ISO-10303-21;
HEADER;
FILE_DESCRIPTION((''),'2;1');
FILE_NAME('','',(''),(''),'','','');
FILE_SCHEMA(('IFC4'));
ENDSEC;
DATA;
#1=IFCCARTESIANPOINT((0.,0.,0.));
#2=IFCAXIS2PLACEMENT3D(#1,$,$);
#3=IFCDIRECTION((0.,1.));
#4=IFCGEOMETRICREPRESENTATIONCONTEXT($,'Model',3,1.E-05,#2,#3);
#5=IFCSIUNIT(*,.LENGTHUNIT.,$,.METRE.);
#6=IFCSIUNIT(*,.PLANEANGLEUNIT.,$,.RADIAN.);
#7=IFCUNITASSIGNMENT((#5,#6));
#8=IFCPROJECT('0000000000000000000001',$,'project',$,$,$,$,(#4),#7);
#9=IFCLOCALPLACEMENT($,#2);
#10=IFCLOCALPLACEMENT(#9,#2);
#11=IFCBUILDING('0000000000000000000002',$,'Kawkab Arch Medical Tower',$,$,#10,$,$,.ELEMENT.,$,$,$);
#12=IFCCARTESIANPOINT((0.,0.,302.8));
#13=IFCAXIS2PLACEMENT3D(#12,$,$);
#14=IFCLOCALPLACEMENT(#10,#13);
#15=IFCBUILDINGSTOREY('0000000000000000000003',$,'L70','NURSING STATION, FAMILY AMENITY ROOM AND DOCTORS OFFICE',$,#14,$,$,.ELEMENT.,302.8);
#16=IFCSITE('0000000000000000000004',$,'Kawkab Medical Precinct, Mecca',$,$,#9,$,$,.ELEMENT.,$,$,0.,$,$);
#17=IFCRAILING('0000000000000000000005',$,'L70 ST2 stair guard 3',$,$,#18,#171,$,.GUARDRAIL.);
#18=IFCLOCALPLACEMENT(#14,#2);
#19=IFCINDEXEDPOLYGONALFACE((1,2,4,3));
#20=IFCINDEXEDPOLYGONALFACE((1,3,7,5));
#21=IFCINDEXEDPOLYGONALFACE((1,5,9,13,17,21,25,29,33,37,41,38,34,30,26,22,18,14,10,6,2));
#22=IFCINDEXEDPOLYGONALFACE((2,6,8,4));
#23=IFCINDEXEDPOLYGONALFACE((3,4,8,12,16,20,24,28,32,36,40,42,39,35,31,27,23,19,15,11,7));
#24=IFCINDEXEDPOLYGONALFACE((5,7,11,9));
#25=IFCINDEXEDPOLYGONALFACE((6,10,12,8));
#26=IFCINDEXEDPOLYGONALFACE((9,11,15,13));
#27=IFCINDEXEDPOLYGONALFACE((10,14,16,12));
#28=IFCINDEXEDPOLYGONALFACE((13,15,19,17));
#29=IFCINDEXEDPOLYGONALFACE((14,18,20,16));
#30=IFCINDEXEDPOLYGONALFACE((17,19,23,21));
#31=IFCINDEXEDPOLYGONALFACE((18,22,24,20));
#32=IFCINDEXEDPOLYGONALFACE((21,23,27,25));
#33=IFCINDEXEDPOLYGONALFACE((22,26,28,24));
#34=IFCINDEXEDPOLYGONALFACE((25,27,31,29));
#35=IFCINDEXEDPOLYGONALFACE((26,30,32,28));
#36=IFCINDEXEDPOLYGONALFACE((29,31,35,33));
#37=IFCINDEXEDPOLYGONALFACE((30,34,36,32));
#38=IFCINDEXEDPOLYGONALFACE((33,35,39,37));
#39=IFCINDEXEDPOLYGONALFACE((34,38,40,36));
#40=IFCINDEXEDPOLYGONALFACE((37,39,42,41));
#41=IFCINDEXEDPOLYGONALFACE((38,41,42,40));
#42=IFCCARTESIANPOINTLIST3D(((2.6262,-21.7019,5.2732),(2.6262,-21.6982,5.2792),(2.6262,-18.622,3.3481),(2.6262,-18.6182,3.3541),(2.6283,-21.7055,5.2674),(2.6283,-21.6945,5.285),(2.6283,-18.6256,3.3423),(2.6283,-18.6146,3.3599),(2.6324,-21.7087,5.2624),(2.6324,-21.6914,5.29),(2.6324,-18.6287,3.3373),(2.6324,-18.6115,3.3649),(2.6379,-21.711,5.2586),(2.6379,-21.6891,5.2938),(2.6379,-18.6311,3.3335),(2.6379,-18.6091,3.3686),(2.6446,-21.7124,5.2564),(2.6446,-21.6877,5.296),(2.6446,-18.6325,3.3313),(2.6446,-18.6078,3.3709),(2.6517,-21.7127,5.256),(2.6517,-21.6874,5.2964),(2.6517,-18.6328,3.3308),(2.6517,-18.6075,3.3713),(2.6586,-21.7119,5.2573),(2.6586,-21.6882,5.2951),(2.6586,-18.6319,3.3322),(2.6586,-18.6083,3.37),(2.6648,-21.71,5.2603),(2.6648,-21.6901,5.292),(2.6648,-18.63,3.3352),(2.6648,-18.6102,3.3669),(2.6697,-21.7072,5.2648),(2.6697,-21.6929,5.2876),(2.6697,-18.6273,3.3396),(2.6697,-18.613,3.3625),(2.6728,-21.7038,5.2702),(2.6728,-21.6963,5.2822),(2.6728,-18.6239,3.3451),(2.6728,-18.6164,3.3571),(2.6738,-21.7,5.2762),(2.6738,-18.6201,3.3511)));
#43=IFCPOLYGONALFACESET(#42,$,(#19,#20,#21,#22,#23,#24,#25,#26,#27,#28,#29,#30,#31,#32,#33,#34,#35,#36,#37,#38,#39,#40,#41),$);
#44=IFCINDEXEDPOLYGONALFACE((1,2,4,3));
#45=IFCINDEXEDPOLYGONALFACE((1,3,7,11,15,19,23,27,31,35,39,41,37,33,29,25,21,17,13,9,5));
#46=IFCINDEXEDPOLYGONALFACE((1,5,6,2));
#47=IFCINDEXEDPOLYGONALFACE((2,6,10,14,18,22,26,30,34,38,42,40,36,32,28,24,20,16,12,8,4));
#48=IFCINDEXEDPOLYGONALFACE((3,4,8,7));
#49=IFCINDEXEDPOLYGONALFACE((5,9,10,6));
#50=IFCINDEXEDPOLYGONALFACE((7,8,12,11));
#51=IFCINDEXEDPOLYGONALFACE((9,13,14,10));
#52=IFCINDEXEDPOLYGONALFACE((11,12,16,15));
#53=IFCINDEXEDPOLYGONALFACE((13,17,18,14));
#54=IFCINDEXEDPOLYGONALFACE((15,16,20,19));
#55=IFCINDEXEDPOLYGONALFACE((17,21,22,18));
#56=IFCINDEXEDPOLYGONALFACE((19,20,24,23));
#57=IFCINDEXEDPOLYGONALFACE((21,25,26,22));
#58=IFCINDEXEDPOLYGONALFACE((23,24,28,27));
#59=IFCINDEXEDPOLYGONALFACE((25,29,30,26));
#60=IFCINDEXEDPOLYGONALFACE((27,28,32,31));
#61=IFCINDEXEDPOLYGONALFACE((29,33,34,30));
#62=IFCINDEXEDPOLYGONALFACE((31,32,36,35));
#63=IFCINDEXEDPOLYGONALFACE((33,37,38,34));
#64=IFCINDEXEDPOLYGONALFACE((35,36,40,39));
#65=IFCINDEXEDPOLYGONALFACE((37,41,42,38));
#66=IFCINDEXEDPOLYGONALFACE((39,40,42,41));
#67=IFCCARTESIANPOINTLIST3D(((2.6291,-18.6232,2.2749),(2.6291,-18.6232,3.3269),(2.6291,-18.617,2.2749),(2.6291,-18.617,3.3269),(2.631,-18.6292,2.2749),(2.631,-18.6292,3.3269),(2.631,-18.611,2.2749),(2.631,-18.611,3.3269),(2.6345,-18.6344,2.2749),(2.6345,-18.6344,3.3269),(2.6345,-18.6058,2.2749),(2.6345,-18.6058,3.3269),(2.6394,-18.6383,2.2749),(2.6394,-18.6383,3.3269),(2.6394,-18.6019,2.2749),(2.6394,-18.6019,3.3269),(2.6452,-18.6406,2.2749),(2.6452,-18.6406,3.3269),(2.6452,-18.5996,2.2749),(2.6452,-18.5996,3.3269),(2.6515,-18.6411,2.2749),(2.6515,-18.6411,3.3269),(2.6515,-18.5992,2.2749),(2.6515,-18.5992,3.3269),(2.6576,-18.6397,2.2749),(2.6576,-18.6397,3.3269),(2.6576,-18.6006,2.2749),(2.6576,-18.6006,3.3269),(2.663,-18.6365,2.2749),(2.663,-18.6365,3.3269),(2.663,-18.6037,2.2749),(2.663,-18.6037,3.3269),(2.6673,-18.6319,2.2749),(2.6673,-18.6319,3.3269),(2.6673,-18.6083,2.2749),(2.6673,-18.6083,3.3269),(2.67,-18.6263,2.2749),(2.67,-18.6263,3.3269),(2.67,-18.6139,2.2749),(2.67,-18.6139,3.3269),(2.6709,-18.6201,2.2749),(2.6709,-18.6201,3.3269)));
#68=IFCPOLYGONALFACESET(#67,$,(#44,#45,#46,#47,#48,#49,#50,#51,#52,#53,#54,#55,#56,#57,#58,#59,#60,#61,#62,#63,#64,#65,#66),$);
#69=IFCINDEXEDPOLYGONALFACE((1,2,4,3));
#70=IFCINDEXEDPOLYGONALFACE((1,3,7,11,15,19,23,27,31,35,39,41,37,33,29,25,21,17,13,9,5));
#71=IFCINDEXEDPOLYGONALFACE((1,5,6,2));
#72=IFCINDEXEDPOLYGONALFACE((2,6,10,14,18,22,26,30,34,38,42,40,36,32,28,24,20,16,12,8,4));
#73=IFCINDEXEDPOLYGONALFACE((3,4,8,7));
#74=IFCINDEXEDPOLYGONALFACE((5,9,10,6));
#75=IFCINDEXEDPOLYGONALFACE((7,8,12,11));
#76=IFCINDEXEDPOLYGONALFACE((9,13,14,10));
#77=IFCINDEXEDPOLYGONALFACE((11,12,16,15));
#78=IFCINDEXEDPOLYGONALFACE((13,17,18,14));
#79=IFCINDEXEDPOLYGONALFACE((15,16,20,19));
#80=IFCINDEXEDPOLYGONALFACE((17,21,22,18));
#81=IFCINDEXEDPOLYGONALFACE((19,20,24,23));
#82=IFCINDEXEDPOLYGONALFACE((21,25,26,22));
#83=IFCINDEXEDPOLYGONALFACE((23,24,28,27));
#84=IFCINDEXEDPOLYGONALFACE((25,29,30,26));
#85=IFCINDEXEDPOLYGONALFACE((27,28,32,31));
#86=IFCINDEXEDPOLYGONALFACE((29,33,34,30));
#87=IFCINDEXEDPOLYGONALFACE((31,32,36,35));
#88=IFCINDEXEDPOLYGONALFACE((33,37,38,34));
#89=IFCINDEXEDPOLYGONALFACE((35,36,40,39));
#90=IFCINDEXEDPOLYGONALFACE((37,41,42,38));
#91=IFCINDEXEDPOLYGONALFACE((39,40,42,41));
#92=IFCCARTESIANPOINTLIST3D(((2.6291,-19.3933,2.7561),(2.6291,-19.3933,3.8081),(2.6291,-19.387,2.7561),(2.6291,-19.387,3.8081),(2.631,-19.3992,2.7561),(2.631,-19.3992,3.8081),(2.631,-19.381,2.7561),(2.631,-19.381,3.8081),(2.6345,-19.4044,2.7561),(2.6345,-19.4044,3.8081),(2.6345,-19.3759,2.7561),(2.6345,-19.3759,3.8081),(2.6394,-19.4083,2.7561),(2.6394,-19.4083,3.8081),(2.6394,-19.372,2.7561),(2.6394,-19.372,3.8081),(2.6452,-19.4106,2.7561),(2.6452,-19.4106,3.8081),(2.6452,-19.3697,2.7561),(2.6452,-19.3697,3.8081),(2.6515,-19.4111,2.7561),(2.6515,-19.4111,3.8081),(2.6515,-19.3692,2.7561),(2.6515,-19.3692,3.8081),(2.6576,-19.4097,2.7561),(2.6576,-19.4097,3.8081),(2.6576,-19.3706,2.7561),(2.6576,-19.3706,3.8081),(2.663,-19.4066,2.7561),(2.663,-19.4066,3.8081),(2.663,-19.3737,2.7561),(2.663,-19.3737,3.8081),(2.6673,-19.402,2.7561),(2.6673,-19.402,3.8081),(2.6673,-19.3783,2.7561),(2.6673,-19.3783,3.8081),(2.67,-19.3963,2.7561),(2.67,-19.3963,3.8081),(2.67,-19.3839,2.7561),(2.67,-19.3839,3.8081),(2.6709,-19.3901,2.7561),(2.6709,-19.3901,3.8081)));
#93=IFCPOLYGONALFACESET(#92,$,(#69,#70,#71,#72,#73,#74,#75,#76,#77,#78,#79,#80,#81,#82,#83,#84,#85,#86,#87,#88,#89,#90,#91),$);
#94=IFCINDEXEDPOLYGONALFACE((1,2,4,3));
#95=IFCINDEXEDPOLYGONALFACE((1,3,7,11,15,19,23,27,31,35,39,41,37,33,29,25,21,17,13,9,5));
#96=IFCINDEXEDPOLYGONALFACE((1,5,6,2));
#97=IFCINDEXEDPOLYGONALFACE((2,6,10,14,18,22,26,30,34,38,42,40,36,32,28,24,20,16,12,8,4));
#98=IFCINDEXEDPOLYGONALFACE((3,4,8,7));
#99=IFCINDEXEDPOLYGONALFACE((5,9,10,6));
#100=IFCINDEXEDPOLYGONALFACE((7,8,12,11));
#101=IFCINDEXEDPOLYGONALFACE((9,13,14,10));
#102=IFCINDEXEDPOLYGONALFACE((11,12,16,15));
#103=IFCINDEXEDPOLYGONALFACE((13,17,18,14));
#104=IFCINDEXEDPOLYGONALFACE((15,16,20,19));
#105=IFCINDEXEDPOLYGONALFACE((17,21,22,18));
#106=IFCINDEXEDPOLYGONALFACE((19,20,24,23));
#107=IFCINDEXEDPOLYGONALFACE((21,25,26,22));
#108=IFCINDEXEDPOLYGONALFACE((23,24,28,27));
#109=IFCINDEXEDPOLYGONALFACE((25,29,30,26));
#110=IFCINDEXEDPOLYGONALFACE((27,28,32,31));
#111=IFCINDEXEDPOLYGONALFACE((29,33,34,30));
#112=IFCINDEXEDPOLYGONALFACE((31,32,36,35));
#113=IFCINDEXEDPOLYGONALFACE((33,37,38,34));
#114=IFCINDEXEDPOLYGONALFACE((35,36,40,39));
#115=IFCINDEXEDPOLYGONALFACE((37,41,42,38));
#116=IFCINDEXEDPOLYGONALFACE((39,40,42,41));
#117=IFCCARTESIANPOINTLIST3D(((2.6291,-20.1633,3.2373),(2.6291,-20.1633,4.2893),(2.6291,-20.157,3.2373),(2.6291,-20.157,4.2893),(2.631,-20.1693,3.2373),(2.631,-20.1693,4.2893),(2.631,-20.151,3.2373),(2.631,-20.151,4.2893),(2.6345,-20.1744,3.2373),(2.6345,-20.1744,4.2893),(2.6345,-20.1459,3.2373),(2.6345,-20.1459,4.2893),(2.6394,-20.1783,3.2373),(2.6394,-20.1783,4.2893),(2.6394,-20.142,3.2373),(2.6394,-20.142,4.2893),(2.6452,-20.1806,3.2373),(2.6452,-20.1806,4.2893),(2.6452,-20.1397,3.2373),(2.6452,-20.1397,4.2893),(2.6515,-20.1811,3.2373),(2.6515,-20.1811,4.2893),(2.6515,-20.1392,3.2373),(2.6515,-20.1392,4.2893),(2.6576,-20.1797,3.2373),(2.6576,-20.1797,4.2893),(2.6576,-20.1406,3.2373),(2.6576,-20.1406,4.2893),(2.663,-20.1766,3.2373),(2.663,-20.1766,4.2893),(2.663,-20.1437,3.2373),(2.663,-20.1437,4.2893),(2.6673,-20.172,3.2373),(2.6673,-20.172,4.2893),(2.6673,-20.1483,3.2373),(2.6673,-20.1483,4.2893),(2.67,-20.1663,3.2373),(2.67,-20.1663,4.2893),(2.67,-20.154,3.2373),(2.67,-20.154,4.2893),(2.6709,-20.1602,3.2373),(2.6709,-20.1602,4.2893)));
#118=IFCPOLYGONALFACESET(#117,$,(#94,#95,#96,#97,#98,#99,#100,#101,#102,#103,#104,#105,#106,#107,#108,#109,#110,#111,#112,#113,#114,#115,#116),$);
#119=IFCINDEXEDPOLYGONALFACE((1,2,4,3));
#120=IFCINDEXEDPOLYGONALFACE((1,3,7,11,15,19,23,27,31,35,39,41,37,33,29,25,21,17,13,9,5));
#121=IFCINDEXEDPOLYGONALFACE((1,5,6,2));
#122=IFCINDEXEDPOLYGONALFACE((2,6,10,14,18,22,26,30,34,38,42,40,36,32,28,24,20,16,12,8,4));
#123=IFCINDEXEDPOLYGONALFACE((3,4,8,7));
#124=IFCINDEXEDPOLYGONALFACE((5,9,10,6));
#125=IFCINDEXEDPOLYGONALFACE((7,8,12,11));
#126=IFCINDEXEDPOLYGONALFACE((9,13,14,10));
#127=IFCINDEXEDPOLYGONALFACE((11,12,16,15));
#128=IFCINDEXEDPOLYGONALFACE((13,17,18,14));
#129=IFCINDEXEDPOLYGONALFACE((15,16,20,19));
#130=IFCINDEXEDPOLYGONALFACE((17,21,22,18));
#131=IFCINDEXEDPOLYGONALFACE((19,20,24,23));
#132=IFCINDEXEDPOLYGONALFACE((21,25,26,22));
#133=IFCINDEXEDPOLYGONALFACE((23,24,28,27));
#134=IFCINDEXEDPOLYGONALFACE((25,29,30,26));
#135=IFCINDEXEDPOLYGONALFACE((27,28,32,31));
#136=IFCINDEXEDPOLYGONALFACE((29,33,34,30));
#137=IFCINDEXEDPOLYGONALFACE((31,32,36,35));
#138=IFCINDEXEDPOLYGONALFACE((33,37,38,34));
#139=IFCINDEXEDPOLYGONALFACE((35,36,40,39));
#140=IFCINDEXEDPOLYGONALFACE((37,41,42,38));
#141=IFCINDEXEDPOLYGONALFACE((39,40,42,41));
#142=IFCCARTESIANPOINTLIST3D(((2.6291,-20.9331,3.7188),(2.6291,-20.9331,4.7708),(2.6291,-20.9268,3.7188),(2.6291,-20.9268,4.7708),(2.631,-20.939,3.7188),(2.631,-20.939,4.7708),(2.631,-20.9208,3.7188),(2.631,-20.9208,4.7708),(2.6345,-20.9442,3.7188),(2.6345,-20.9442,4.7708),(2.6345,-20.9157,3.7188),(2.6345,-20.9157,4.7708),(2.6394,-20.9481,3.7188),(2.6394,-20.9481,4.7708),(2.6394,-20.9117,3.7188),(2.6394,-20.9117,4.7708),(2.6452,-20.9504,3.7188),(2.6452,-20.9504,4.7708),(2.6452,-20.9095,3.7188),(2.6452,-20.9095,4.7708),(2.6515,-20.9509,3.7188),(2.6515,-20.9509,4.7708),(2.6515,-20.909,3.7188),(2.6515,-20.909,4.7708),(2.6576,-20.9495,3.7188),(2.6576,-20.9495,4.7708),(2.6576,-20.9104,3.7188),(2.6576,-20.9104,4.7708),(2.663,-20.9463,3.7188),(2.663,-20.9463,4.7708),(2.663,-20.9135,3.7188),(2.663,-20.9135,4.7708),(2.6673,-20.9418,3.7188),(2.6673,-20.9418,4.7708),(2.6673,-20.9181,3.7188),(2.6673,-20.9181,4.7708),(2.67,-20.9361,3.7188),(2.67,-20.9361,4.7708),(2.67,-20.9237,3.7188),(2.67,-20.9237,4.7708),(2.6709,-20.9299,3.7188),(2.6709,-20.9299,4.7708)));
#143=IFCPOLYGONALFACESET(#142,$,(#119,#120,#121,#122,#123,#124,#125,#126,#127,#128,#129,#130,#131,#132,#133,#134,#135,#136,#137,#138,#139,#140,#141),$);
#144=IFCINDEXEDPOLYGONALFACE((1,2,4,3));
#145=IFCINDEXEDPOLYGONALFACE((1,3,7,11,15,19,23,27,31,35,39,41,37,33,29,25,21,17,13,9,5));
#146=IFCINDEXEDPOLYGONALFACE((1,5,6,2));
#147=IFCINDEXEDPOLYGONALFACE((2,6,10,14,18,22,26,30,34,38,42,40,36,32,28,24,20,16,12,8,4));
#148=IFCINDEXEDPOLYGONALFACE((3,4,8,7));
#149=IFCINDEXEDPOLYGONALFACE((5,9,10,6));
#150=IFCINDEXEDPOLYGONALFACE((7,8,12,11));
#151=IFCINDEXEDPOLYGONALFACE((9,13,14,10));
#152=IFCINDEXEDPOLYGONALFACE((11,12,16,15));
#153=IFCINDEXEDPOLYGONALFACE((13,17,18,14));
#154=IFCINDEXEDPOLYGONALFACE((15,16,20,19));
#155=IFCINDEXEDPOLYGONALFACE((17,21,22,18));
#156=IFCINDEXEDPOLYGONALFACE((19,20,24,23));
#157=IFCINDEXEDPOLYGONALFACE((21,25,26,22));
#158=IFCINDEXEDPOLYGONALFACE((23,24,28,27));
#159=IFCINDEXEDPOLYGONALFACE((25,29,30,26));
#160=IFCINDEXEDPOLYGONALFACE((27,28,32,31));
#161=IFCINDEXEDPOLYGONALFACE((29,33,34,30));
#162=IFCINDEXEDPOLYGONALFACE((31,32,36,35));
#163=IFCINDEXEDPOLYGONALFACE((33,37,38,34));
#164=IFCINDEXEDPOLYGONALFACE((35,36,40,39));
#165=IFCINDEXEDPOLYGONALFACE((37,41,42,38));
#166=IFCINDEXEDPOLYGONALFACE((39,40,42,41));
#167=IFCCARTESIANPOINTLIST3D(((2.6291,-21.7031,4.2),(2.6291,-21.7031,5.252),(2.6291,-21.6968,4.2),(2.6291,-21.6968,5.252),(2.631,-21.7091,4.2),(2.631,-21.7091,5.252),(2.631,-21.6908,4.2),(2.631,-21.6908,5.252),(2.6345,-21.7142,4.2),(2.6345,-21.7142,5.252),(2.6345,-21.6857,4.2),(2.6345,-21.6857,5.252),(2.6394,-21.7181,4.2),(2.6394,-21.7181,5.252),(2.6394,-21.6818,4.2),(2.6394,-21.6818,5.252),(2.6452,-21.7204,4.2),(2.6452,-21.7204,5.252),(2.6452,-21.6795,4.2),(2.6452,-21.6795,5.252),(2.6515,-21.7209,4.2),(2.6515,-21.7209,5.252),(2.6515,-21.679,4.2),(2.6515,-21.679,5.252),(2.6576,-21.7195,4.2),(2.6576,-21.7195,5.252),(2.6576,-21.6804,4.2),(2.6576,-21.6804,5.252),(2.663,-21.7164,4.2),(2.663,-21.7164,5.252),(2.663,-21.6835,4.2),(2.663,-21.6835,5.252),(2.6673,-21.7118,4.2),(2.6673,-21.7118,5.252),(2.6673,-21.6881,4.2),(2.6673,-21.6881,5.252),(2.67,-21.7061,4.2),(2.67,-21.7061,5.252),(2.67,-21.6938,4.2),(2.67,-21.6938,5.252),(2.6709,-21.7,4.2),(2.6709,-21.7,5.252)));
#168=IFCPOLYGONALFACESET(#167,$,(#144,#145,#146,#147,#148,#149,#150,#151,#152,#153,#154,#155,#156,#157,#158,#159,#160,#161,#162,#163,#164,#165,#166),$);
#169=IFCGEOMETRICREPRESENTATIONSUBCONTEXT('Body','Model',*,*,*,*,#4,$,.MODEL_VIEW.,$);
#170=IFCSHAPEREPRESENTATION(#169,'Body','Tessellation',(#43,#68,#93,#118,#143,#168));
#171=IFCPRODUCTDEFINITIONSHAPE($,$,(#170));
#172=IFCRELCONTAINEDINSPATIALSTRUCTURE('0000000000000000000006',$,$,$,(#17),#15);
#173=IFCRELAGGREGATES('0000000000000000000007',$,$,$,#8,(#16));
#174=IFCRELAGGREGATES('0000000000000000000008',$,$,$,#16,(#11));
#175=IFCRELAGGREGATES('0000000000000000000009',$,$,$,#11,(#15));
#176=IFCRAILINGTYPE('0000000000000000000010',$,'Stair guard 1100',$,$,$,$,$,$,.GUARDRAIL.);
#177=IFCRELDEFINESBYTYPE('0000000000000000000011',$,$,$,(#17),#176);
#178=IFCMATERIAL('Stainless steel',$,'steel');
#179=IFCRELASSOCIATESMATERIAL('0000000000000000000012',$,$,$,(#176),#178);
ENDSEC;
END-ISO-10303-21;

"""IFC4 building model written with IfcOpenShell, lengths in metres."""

from ifc_helpers import new_model, si_unit, direction, frame, origin, origin_2d, place, context, subcontext, project, spatial, circle, extrude, material, type_object, element, save


model = new_model("IFC4")

# Units and contexts
model_context = context("Model", 3, precision=1e-05, world=origin(), true_north=direction((0.0, 1.0)))
body_context = subcontext(model_context, "Body", "Model", "MODEL_VIEW")
ifc_project = project(units=[si_unit("LENGTHUNIT", "METRE"), si_unit("PLANEANGLEUNIT", "RADIAN")], contexts=[model_context])

# Site, building, storey
site_placement = place(None, origin())
site = spatial("IfcSite", under=ifc_project, at=site_placement, Name="Kawkab Medical Precinct, Mecca", CompositionType="ELEMENT", RefElevation=0.0)
building_placement = place(site_placement, origin())
building = spatial("IfcBuilding", under=site, at=building_placement, Name="Kawkab Arch Medical Tower", CompositionType="ELEMENT")
storey_placement = place(building_placement, frame((0.0, 0.0, 302.8)))
storey = spatial("IfcBuildingStorey", under=building, at=storey_placement, Name="L70", Description="NURSING STATION, FAMILY AMENITY ROOM AND DOCTORS OFFICE", CompositionType="ELEMENT", Elevation=302.8)

# Railing
ifc_material_1 = material(Name="Stainless steel", Category="steel")
railing_type = type_object("IfcRailingType", Name="Stair guard 1100", PredefinedType="GUARDRAIL", material=ifc_material_1)
railing_1_placement = place(storey_placement, frame((2.6499, -18.6201, 2.2749)))
element("IfcRailing", 1, at=railing_1_placement, inside=storey, type_object=railing_type, Name="L70 ST2 stair guard 3", PredefinedType="GUARDRAIL", context=body_context, shape_type="SweptSolid", body=[
    extrude(circle(Radius=0.0239, at=origin_2d()), frame((0.0, 0.0, 1.0762), z_axis=(0.0, -0.847979, 0.530029), x_axis=(1.0, 0.0, 0.0)), (0.0, 0.0, 1.0), 3.6321),
    extrude(circle(Radius=0.021, at=origin_2d()), origin(), (0.0, 0.0, 1.0), 1.052),
    extrude(circle(Radius=0.021, at=origin_2d()), frame((0.0, -0.77, 0.4812)), (0.0, 0.0, 1.0), 1.052),
    extrude(circle(Radius=0.021, at=origin_2d()), frame((0.0, -1.54, 0.9624)), (0.0, 0.0, 1.0), 1.052),
    extrude(circle(Radius=0.021, at=origin_2d()), frame((0.0, -2.3098, 1.4438)), (0.0, 0.0, 1.0), 1.052),
    extrude(circle(Radius=0.021, at=origin_2d()), frame((0.0, -3.0798, 1.925)), (0.0, 0.0, 1.0), 1.052),
])

save(model, "model.ifc")
